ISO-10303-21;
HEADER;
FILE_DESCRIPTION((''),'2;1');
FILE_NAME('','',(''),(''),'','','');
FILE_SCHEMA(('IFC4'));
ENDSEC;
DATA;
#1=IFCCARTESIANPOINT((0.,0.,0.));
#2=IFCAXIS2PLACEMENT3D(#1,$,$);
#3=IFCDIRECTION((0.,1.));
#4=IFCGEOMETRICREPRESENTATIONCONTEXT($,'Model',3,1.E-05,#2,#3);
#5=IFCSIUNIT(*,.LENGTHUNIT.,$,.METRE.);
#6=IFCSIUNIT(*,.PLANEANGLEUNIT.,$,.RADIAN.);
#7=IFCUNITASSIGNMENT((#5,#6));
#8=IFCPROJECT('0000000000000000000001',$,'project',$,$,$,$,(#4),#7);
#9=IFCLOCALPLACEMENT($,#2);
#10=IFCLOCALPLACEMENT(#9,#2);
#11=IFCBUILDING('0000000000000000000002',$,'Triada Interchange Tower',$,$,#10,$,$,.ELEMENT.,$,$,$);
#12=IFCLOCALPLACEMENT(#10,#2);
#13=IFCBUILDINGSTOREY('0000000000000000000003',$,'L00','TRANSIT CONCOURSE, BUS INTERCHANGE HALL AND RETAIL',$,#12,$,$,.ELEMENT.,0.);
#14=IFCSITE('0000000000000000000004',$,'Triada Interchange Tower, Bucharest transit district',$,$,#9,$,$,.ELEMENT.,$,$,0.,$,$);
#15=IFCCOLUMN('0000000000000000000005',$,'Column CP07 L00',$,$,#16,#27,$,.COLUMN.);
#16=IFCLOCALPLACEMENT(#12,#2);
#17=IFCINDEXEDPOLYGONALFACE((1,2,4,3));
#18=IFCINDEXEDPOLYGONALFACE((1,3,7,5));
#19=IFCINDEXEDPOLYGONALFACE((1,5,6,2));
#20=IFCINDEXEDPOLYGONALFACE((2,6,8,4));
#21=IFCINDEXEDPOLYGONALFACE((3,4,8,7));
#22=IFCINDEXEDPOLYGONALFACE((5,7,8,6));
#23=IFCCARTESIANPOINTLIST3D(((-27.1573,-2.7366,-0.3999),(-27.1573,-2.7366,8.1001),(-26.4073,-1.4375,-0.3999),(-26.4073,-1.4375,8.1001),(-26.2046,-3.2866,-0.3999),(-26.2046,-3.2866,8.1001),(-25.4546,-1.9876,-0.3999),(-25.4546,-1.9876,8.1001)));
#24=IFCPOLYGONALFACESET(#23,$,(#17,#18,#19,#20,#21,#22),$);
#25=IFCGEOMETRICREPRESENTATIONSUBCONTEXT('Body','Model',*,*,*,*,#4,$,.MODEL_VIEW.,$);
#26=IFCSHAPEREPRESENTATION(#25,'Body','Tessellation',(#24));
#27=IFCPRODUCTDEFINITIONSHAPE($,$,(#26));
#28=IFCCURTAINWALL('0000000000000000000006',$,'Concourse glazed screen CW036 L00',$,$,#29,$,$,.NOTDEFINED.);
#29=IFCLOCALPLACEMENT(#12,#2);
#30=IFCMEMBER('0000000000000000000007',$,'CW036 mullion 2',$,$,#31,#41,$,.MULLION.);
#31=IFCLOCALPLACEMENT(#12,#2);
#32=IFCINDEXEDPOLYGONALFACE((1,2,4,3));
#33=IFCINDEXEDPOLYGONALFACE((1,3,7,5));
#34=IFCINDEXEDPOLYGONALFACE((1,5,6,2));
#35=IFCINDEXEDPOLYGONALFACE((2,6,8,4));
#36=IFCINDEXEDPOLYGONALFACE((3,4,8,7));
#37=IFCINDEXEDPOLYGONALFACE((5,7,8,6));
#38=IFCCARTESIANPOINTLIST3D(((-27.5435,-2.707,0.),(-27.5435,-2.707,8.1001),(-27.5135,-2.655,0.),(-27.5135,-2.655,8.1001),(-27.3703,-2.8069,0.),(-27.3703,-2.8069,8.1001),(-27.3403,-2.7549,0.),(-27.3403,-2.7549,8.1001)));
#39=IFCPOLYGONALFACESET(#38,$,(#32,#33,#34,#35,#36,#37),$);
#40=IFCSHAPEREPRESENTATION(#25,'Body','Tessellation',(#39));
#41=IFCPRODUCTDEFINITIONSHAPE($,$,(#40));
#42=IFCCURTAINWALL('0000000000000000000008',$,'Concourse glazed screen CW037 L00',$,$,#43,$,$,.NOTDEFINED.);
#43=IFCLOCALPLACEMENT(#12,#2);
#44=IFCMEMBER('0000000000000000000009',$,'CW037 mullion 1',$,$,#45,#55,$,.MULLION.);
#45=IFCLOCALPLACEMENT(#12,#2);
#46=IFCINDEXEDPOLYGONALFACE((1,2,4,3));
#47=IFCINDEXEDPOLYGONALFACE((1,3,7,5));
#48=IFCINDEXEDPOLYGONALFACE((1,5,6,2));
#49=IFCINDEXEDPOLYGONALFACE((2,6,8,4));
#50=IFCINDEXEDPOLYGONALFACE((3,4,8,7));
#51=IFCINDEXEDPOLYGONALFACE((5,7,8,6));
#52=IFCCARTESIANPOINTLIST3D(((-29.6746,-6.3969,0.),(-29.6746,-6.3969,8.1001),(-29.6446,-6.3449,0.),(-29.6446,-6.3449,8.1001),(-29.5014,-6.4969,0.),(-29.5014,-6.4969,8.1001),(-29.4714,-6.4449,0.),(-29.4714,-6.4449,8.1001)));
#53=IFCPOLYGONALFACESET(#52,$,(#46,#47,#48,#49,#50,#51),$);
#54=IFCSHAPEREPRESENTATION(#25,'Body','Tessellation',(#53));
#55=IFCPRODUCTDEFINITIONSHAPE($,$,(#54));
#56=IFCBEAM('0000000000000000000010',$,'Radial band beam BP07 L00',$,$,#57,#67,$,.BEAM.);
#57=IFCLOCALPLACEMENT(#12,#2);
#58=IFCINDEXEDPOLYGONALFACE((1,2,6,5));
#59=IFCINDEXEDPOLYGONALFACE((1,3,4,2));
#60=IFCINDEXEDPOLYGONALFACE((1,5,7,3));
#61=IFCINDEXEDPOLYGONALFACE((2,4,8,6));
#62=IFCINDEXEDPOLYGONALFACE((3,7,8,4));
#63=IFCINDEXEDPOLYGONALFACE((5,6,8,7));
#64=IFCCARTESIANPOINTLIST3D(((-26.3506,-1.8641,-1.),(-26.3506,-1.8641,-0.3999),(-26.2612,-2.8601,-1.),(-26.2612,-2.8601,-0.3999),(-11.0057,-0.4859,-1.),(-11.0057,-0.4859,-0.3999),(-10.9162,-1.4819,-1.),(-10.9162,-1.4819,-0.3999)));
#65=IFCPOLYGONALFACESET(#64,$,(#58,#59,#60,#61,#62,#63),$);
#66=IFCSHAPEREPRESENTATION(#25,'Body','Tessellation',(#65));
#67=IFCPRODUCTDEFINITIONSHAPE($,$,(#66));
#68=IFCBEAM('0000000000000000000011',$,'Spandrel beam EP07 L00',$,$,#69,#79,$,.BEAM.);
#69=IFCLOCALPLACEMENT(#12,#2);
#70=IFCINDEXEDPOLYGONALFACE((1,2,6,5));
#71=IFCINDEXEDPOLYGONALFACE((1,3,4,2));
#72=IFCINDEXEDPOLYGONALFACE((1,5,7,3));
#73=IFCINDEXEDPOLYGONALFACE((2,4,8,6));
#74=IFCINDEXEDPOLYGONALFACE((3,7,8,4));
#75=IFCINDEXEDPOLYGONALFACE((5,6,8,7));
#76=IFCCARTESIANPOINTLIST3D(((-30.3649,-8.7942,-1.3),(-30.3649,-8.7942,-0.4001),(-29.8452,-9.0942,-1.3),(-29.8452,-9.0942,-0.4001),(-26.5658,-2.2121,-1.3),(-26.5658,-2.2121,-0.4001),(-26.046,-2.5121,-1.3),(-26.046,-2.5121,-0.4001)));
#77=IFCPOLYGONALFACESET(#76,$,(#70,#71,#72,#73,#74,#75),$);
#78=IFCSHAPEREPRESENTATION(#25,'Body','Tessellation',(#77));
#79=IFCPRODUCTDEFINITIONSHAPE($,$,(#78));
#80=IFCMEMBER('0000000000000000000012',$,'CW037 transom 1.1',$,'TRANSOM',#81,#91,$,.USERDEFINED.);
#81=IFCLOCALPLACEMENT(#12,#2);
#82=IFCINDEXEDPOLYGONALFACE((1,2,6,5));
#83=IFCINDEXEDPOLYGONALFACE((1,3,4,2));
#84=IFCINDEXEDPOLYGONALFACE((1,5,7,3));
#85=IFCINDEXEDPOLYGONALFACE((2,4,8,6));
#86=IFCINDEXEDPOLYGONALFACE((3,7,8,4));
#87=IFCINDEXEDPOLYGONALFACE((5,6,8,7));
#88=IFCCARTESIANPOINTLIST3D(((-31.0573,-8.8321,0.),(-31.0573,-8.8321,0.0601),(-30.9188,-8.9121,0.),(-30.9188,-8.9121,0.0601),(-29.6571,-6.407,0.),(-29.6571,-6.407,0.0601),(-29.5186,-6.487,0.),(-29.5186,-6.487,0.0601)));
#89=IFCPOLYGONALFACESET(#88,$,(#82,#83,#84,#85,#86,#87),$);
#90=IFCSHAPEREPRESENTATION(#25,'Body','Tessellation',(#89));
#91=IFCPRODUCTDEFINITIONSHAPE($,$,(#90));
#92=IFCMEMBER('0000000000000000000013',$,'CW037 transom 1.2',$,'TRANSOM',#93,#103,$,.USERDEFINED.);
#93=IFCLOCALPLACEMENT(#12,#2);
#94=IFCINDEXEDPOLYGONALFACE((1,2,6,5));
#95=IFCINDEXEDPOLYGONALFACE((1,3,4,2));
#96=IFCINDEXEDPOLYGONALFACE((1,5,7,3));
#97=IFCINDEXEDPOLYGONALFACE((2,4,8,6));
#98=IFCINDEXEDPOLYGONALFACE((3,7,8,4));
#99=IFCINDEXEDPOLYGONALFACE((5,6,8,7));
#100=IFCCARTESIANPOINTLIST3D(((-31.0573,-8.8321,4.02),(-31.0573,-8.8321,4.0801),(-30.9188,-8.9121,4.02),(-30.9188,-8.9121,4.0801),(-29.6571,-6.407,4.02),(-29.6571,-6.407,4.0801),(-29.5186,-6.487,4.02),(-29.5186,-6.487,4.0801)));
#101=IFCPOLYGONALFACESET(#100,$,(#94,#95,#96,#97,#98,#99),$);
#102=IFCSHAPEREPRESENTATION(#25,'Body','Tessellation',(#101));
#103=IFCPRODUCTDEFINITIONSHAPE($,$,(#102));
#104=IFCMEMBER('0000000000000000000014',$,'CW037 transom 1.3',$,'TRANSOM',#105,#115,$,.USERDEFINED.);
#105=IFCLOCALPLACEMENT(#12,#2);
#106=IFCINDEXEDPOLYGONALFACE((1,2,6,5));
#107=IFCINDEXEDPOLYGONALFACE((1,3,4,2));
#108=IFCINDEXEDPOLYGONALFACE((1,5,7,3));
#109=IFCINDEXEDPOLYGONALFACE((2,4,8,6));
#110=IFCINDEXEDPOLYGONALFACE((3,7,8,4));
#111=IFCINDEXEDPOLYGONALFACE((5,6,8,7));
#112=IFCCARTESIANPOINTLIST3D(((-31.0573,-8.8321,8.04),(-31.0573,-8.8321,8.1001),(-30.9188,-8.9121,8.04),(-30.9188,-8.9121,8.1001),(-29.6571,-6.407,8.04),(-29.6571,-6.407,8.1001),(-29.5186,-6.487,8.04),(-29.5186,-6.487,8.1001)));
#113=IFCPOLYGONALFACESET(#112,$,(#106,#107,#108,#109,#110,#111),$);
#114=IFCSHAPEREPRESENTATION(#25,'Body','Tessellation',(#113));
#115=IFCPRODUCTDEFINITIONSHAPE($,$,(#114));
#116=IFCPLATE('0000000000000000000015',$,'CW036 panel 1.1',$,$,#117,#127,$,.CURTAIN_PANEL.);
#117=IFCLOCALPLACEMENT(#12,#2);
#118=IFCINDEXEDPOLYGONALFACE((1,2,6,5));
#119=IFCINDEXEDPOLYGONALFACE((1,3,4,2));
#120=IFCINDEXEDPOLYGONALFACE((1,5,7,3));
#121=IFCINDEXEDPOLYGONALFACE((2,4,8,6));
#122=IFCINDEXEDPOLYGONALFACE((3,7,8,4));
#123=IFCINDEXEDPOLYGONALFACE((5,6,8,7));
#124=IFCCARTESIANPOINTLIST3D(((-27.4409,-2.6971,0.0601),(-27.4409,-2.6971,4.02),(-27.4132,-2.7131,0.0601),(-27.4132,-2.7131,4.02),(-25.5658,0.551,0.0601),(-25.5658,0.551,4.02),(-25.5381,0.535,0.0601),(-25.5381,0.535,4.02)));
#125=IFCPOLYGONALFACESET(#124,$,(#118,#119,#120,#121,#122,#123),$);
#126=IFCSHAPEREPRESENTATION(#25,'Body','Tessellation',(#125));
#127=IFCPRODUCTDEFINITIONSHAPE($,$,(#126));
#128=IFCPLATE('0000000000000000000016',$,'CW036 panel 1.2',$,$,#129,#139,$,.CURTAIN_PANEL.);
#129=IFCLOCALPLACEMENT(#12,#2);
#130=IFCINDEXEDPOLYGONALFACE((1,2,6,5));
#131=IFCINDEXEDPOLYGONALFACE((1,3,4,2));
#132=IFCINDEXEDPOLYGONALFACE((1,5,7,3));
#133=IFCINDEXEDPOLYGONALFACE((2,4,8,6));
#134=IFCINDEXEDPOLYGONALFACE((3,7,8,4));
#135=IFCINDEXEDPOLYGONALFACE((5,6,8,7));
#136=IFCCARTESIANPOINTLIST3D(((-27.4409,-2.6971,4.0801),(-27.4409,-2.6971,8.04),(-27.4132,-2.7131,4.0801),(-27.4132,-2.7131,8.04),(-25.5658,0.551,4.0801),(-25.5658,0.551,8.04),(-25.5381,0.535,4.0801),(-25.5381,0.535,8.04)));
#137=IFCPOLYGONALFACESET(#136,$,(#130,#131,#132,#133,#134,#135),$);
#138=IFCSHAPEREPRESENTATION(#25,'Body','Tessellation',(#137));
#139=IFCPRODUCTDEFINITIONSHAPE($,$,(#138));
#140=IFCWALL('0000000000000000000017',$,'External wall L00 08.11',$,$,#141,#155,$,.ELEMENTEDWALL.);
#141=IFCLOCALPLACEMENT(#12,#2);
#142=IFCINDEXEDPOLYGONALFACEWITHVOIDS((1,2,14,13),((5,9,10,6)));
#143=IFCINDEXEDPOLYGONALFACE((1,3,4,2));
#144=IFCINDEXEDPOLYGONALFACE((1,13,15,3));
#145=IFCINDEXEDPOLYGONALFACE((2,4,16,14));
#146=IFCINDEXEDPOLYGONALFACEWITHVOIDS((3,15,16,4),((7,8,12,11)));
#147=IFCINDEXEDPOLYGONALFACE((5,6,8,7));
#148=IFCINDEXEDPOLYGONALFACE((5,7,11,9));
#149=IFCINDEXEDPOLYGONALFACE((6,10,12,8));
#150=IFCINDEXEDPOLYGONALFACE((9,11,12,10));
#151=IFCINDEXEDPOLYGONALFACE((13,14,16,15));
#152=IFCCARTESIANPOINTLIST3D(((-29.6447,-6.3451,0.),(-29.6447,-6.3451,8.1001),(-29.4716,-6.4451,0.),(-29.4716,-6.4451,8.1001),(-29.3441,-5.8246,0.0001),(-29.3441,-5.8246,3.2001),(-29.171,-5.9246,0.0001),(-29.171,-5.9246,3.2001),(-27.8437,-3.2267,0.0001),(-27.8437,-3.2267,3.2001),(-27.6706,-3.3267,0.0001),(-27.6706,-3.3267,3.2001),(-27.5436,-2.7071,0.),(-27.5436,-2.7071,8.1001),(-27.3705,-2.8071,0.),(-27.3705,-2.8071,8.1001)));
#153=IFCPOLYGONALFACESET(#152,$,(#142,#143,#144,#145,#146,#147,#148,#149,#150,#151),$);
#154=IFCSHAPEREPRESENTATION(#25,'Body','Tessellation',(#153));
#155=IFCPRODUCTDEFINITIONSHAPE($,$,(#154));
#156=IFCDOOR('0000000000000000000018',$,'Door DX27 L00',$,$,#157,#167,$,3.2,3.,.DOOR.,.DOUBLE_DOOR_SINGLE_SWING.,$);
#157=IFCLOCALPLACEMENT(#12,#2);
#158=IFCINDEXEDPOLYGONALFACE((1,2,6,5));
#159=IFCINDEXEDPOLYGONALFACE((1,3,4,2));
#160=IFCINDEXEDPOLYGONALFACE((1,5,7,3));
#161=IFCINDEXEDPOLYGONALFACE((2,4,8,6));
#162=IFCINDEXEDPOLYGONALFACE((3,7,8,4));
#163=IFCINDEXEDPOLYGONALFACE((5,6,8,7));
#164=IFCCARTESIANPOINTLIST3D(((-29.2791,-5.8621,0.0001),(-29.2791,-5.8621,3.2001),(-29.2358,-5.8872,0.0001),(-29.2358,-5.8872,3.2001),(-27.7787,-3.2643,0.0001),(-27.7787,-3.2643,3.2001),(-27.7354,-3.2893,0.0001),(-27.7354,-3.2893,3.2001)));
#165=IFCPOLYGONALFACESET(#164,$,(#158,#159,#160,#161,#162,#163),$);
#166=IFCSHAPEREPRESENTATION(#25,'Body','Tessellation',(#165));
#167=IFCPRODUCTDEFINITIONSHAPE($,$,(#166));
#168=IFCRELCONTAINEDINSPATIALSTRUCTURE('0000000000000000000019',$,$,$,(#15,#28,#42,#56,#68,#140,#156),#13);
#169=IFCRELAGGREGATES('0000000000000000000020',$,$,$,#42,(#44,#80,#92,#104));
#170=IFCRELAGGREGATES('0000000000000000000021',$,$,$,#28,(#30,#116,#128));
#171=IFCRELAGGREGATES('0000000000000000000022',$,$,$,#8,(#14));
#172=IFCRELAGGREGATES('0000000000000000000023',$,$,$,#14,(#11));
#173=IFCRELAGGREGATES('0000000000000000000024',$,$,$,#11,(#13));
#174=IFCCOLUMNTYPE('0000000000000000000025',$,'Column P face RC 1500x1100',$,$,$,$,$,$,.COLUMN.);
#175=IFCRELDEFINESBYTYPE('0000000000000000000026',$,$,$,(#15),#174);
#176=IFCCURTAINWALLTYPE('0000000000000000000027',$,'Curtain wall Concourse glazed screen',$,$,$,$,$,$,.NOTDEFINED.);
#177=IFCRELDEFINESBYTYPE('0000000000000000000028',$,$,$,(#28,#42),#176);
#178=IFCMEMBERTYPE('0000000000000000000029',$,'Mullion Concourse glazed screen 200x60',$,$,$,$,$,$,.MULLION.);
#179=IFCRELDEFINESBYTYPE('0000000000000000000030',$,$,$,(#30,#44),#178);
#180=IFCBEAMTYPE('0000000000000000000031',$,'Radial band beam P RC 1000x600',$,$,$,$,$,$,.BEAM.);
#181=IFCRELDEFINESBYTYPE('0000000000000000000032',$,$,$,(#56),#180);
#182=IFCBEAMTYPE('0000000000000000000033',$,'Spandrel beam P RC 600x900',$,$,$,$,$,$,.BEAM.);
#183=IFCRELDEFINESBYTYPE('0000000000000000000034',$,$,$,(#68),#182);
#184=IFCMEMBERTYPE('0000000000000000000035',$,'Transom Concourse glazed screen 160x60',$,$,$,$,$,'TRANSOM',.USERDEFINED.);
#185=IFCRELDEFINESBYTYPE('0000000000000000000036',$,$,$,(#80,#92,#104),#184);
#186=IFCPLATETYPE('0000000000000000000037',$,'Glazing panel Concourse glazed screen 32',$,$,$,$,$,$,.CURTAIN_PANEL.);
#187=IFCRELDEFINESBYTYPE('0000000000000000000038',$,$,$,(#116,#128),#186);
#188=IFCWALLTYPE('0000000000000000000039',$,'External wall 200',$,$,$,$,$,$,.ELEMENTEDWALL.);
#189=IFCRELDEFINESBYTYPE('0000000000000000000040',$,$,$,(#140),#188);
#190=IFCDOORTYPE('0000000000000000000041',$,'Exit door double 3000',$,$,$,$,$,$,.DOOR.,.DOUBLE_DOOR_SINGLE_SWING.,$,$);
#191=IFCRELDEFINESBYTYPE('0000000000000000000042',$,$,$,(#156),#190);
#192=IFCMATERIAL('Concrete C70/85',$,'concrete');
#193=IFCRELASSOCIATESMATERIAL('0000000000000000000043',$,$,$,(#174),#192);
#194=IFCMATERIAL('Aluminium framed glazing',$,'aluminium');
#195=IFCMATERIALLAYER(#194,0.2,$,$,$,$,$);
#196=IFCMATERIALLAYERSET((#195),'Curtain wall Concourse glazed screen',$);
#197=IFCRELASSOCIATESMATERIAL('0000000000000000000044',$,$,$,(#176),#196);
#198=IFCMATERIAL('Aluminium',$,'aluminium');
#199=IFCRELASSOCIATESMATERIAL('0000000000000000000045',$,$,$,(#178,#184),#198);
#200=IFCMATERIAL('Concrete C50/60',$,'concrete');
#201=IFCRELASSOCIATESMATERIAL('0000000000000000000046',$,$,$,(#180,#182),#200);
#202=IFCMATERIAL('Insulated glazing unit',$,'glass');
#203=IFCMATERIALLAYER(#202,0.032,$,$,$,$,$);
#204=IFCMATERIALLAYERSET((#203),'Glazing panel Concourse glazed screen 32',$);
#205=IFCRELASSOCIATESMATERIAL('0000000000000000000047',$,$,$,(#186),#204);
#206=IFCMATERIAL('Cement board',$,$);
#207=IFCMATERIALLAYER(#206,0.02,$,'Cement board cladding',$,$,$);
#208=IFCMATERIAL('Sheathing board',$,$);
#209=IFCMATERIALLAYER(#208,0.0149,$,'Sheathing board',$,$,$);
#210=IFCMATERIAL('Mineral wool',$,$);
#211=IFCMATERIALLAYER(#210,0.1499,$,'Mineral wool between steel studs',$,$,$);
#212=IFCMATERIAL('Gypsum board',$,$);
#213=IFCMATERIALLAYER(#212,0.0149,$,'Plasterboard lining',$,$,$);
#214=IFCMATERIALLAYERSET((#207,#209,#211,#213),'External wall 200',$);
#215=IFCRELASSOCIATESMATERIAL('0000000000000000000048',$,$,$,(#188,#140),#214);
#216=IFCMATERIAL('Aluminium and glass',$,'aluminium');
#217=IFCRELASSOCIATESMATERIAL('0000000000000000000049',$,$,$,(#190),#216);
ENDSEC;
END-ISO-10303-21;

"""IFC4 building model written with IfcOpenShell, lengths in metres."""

from ifc_helpers import new_model, si_unit, direction, frame, frame_2d, origin, origin_2d, place, context, subcontext, project, spatial, rectangle, extrude, material, layer, layer_set, layer_usage, material_profile, profile_set, type_object, element, fill, aggregate, save


model = new_model("IFC4")

# Units and contexts
model_context = context("Model", 3, precision=1e-05, world=origin(), true_north=direction((0.0, 1.0)))
body_context = subcontext(model_context, "Body", "Model", "MODEL_VIEW")
ifc_project = project(units=[si_unit("LENGTHUNIT", "METRE"), si_unit("PLANEANGLEUNIT", "RADIAN")], contexts=[model_context])

# Site, building, storey
site_placement = place(None, origin())
site = spatial("IfcSite", under=ifc_project, at=site_placement, Name="Triada Interchange Tower, Bucharest transit district", CompositionType="ELEMENT", RefElevation=0.0)
building_placement = place(site_placement, origin())
building = spatial("IfcBuilding", under=site, at=building_placement, Name="Triada Interchange Tower", CompositionType="ELEMENT")
storey_placement = place(building_placement, origin())
storey = spatial("IfcBuildingStorey", under=building, at=storey_placement, Name="L00", Description="TRANSIT CONCOURSE, BUS INTERCHANGE HALL AND RETAIL", CompositionType="ELEMENT", Elevation=0.0)

# Column
ifc_material_1 = material(Name="Concrete C70/85", Category="concrete")
ifc_material_profile_1 = material_profile(ifc_material_1, rectangle(XDim=1.5, YDim=1.1001, at=origin_2d()), Name="RC 1500x1100")
ifc_profile_set_1 = profile_set([ifc_material_profile_1], Name="Concrete C70/85")
column_type = type_object("IfcColumnType", Name="Column P face RC 1500x1100", PredefinedType="COLUMN", material=ifc_profile_set_1)
column_placement = place(storey_placement, frame((-26.3059, -2.3621, -0.3999), z_axis=(0.0, 0.0, 1.0), x_axis=(0.5, 0.866025, 0.0)))
element("IfcColumn", 1, at=column_placement, inside=storey, type_object=column_type, Name="Column CP07 L00", PredefinedType="COLUMN", context=body_context, shape_type="SweptSolid", body=[
    extrude(rectangle(XDim=1.5, YDim=1.1001, at=origin_2d()), origin(), (0.0, 0.0, 1.0), 8.5),
])

# Curtain walls, members
ifc_material_2 = material(Name="Aluminium framed glazing", Category="aluminium")
ifc_layer_1 = layer(ifc_material_2, 0.2)
ifc_layer_set_1 = layer_set([ifc_layer_1], Name="Curtain wall Concourse glazed screen")
curtain_wall_type = type_object("IfcCurtainWallType", Name="Curtain wall Concourse glazed screen", PredefinedType="NOTDEFINED", material=ifc_layer_set_1)
curtain_wall_1_placement = place(storey_placement, origin())
curtain_wall_1 = element("IfcCurtainWall", 2, at=curtain_wall_1_placement, inside=storey, type_object=curtain_wall_type, Name="Concourse glazed screen CW036 L00", PredefinedType="NOTDEFINED")
ifc_material_3 = material(Name="Aluminium", Category="aluminium")
ifc_material_profile_2 = material_profile(ifc_material_3, rectangle(XDim=0.2, YDim=0.0601, at=origin_2d()), Name="Aluminium mullion")
ifc_profile_set_2 = profile_set([ifc_material_profile_2], Name="Aluminium")
member_type_1 = type_object("IfcMemberType", Name="Mullion Concourse glazed screen 200x60", PredefinedType="MULLION", material=ifc_profile_set_2)
member_1_placement = place(storey_placement, frame((-27.4419, -2.731, 0.0), z_axis=(0.0, 0.0, 1.0), x_axis=(0.866057, -0.499946, 0.0)))
member_1 = element("IfcMember", 3, at=member_1_placement, type_object=member_type_1, Name="CW036 mullion 2", PredefinedType="MULLION", context=body_context, shape_type="SweptSolid", body=[
    extrude(rectangle(XDim=0.2, YDim=0.0601, at=origin_2d()), origin(), (0.0, 0.0, 1.0), 8.1001),
])
curtain_wall_2_placement = place(storey_placement, origin())
curtain_wall_2 = element("IfcCurtainWall", 4, at=curtain_wall_2_placement, inside=storey, type_object=curtain_wall_type, Name="Concourse glazed screen CW037 L00", PredefinedType="NOTDEFINED")
member_2_placement = place(storey_placement, frame((-29.573, -6.4209, 0.0), z_axis=(0.0, 0.0, 1.0), x_axis=(0.866043, -0.499969, 0.0)))
member_2 = element("IfcMember", 5, at=member_2_placement, type_object=member_type_1, Name="CW037 mullion 1", PredefinedType="MULLION", context=body_context, shape_type="SweptSolid", body=[
    extrude(rectangle(XDim=0.2, YDim=0.0601, at=origin_2d()), origin(), (0.0, 0.0, 1.0), 8.1001),
])

# Beams
ifc_material_4 = material(Name="Concrete C50/60", Category="concrete")
ifc_material_profile_3 = material_profile(ifc_material_4, rectangle(XDim=1.0, YDim=0.6001, at=origin_2d()), Name="RC 1000x600")
ifc_profile_set_3 = profile_set([ifc_material_profile_3], Name="Concrete C50/60")
beam_type_1 = type_object("IfcBeamType", Name="Radial band beam P RC 1000x600", PredefinedType="BEAM", material=ifc_profile_set_3)
beam_1_placement = place(storey_placement, frame((-26.3059, -2.3621, -0.7), z_axis=(0.995991, 0.089453, 0.0), x_axis=(-0.089453, 0.995991, 0.0)))
element("IfcBeam", 6, at=beam_1_placement, inside=storey, type_object=beam_type_1, Name="Radial band beam BP07 L00", PredefinedType="BEAM", context=body_context, shape_type="SweptSolid", body=[
    extrude(rectangle(XDim=1.0, YDim=0.6001, at=origin_2d()), origin(), (0.0, 0.0, 1.0), 15.4067),
])
ifc_material_profile_4 = material_profile(ifc_material_4, rectangle(XDim=0.6001, YDim=0.8999, at=origin_2d()), Name="RC 600x900")
ifc_profile_set_4 = profile_set([ifc_material_profile_4], Name="Concrete C50/60")
beam_type_2 = type_object("IfcBeamType", Name="Spandrel beam P RC 600x900", PredefinedType="BEAM", material=ifc_profile_set_4)
beam_2_placement = place(storey_placement, frame((-26.3059, -2.3621, -0.8501), z_axis=(-0.499895, -0.866086, 0.0), x_axis=(0.866086, -0.499895, 0.0)))
element("IfcBeam", 7, at=beam_2_placement, inside=storey, type_object=beam_type_2, Name="Spandrel beam EP07 L00", PredefinedType="BEAM", context=body_context, shape_type="SweptSolid", body=[
    extrude(rectangle(XDim=0.6001, YDim=0.8999, at=origin_2d()), origin(), (0.0, 0.0, 1.0), 7.5999),
])

# Members
ifc_material_profile_5 = material_profile(ifc_material_3, rectangle(XDim=0.1599, YDim=0.0601, at=origin_2d()), Name="Aluminium transom")
ifc_profile_set_5 = profile_set([ifc_material_profile_5], Name="Aluminium")
member_type_2 = type_object("IfcMemberType", Name="Transom Concourse glazed screen 160x60", ElementType="TRANSOM", PredefinedType="USERDEFINED", material=ifc_profile_set_5)
member_3_placement = place(storey_placement, frame((-29.5879, -6.447, 0.03), z_axis=(-0.500012, -0.866019, 0.0), x_axis=(0.866019, -0.500012, 0.0)))
member_3 = element("IfcMember", 8, at=member_3_placement, type_object=member_type_2, Name="CW037 transom 1.1", ObjectType="TRANSOM", PredefinedType="USERDEFINED", context=body_context, shape_type="SweptSolid", body=[
    extrude(rectangle(XDim=0.1599, YDim=0.0601, at=origin_2d()), origin(), (0.0, 0.0, 1.0), 2.8003),
])
member_4_placement = place(storey_placement, frame((-29.5879, -6.447, 4.05), z_axis=(-0.500012, -0.866019, 0.0), x_axis=(0.866019, -0.500012, 0.0)))
member_4 = element("IfcMember", 9, at=member_4_placement, type_object=member_type_2, Name="CW037 transom 1.2", ObjectType="TRANSOM", PredefinedType="USERDEFINED", context=body_context, shape_type="SweptSolid", body=[
    extrude(rectangle(XDim=0.1599, YDim=0.0601, at=origin_2d()), origin(), (0.0, 0.0, 1.0), 2.8003),
])
member_5_placement = place(storey_placement, frame((-29.5879, -6.447, 8.0701), z_axis=(-0.500012, -0.866019, 0.0), x_axis=(0.866019, -0.500012, 0.0)))
member_5 = element("IfcMember", 10, at=member_5_placement, type_object=member_type_2, Name="CW037 transom 1.3", ObjectType="TRANSOM", PredefinedType="USERDEFINED", context=body_context, shape_type="SweptSolid", body=[
    extrude(rectangle(XDim=0.1599, YDim=0.0601, at=origin_2d()), origin(), (0.0, 0.0, 1.0), 2.8003),
])
aggregate(curtain_wall_2, [member_2, member_3, member_4, member_5])

# Plates
ifc_material_5 = material(Name="Insulated glazing unit", Category="glass")
ifc_layer_2 = layer(ifc_material_5, 0.032)
ifc_layer_set_2 = layer_set([ifc_layer_2], Name="Glazing panel Concourse glazed screen 32")
plate_type = type_object("IfcPlateType", Name="Glazing panel Concourse glazed screen 32", PredefinedType="CURTAIN_PANEL", material=ifc_layer_set_2)
plate_1_placement = place(storey_placement, frame((-26.4895, -1.0811, 0.0601), z_axis=(0.0, 0.0, 1.0), x_axis=(-0.499946, -0.866057, 0.0)))
plate_1 = element("IfcPlate", 11, at=plate_1_placement, type_object=plate_type, Name="CW036 panel 1.1", PredefinedType="CURTAIN_PANEL", context=body_context, shape_type="SweptSolid", body=[
    extrude(rectangle(XDim=3.7505, YDim=0.032, at=origin_2d()), origin(), (0.0, 0.0, 1.0), 3.96),
])
plate_2_placement = place(storey_placement, frame((-26.4895, -1.0811, 4.0801), z_axis=(0.0, 0.0, 1.0), x_axis=(-0.499946, -0.866057, 0.0)))
plate_2 = element("IfcPlate", 12, at=plate_2_placement, type_object=plate_type, Name="CW036 panel 1.2", PredefinedType="CURTAIN_PANEL", context=body_context, shape_type="SweptSolid", body=[
    extrude(rectangle(XDim=3.7505, YDim=0.032, at=origin_2d()), origin(), (0.0, 0.0, 1.0), 3.96),
])
aggregate(curtain_wall_1, [member_1, plate_1, plate_2])

# Wall, opening, door
ifc_material_6 = material(Name="Cement board")
ifc_layer_3 = layer(ifc_material_6, 0.02, Name="Cement board cladding")
ifc_material_7 = material(Name="Sheathing board")
ifc_layer_4 = layer(ifc_material_7, 0.0149, Name="Sheathing board")
ifc_material_8 = material(Name="Mineral wool")
ifc_layer_5 = layer(ifc_material_8, 0.1499, Name="Mineral wool between steel studs")
ifc_material_9 = material(Name="Gypsum board")
ifc_layer_6 = layer(ifc_material_9, 0.0149, Name="Plasterboard lining")
ifc_layer_set_3 = layer_set([ifc_layer_3, ifc_layer_4, ifc_layer_5, ifc_layer_6], Name="External wall 200")
ifc_layer_usage = layer_usage(ifc_layer_set_3, "AXIS2", "POSITIVE", -0.1001)
wall_type_1 = type_object("IfcWallType", Name="External wall 200", PredefinedType="ELEMENTEDWALL", material=ifc_layer_set_3)
wall_1_placement = place(storey_placement, frame((-27.457, -2.7571, 0.0), z_axis=(0.0, 0.0, 1.0), x_axis=(-0.500127, -0.865952, 0.0)))
wall_1 = element("IfcWall", 13, at=wall_1_placement, inside=storey, type_object=wall_type_1, material=ifc_layer_usage, Name="External wall L00 08.11", PredefinedType="ELEMENTEDWALL", context=body_context, shape_type="SweptSolid", body=[
    extrude(rectangle(XDim=4.2012, YDim=0.2, at=frame_2d((2.1006, 0.0))), origin(), (0.0, 0.0, 1.0), 8.1001),
])
opening_1_placement = place(wall_1_placement, frame((0.6001, 0.0, 0.0)))
opening_1 = element("IfcOpeningElement", 14, at=opening_1_placement, cuts=wall_1, PredefinedType="OPENING", context=body_context, shape_type="SweptSolid", body=[
    extrude(rectangle(XDim=3.0, YDim=3.2, at=frame_2d((1.5, 1.6001))), frame((0.0, 0.1099, 0.0), z_axis=(0.0, -1.0, 0.0), x_axis=(1.0, 0.0, 0.0)), (0.0, 0.0, 1.0), 0.22),
])
ifc_material_10 = material(Name="Aluminium and glass", Category="aluminium")
door_type_1 = type_object("IfcDoorType", Name="Exit door double 3000", OperationType="DOUBLE_DOOR_SINGLE_SWING", PredefinedType="DOOR", material=ifc_material_10)
door_1_placement = place(opening_1_placement, frame((3.0, 0.0, 0.0), z_axis=(0.0, 0.0, 1.0), x_axis=(-1.0, 0.0, 0.0)))
door_1 = element("IfcDoor", 15, at=door_1_placement, inside=storey, type_object=door_type_1, Name="Door DX27 L00", OperationType="DOUBLE_DOOR_SINGLE_SWING", OverallHeight=3.2, OverallWidth=3.0, PredefinedType="DOOR", context=body_context, shape_type="SweptSolid", body=[
    extrude(rectangle(XDim=3.0, YDim=3.2, at=frame_2d((1.5, 1.6001))), frame((0.0, 0.0249, 0.0), z_axis=(0.0, -1.0, 0.0), x_axis=(1.0, 0.0, 0.0)), (0.0, 0.0, 1.0), 0.05),
])
fill(opening_1, door_1)

save(model, "model.ifc")
